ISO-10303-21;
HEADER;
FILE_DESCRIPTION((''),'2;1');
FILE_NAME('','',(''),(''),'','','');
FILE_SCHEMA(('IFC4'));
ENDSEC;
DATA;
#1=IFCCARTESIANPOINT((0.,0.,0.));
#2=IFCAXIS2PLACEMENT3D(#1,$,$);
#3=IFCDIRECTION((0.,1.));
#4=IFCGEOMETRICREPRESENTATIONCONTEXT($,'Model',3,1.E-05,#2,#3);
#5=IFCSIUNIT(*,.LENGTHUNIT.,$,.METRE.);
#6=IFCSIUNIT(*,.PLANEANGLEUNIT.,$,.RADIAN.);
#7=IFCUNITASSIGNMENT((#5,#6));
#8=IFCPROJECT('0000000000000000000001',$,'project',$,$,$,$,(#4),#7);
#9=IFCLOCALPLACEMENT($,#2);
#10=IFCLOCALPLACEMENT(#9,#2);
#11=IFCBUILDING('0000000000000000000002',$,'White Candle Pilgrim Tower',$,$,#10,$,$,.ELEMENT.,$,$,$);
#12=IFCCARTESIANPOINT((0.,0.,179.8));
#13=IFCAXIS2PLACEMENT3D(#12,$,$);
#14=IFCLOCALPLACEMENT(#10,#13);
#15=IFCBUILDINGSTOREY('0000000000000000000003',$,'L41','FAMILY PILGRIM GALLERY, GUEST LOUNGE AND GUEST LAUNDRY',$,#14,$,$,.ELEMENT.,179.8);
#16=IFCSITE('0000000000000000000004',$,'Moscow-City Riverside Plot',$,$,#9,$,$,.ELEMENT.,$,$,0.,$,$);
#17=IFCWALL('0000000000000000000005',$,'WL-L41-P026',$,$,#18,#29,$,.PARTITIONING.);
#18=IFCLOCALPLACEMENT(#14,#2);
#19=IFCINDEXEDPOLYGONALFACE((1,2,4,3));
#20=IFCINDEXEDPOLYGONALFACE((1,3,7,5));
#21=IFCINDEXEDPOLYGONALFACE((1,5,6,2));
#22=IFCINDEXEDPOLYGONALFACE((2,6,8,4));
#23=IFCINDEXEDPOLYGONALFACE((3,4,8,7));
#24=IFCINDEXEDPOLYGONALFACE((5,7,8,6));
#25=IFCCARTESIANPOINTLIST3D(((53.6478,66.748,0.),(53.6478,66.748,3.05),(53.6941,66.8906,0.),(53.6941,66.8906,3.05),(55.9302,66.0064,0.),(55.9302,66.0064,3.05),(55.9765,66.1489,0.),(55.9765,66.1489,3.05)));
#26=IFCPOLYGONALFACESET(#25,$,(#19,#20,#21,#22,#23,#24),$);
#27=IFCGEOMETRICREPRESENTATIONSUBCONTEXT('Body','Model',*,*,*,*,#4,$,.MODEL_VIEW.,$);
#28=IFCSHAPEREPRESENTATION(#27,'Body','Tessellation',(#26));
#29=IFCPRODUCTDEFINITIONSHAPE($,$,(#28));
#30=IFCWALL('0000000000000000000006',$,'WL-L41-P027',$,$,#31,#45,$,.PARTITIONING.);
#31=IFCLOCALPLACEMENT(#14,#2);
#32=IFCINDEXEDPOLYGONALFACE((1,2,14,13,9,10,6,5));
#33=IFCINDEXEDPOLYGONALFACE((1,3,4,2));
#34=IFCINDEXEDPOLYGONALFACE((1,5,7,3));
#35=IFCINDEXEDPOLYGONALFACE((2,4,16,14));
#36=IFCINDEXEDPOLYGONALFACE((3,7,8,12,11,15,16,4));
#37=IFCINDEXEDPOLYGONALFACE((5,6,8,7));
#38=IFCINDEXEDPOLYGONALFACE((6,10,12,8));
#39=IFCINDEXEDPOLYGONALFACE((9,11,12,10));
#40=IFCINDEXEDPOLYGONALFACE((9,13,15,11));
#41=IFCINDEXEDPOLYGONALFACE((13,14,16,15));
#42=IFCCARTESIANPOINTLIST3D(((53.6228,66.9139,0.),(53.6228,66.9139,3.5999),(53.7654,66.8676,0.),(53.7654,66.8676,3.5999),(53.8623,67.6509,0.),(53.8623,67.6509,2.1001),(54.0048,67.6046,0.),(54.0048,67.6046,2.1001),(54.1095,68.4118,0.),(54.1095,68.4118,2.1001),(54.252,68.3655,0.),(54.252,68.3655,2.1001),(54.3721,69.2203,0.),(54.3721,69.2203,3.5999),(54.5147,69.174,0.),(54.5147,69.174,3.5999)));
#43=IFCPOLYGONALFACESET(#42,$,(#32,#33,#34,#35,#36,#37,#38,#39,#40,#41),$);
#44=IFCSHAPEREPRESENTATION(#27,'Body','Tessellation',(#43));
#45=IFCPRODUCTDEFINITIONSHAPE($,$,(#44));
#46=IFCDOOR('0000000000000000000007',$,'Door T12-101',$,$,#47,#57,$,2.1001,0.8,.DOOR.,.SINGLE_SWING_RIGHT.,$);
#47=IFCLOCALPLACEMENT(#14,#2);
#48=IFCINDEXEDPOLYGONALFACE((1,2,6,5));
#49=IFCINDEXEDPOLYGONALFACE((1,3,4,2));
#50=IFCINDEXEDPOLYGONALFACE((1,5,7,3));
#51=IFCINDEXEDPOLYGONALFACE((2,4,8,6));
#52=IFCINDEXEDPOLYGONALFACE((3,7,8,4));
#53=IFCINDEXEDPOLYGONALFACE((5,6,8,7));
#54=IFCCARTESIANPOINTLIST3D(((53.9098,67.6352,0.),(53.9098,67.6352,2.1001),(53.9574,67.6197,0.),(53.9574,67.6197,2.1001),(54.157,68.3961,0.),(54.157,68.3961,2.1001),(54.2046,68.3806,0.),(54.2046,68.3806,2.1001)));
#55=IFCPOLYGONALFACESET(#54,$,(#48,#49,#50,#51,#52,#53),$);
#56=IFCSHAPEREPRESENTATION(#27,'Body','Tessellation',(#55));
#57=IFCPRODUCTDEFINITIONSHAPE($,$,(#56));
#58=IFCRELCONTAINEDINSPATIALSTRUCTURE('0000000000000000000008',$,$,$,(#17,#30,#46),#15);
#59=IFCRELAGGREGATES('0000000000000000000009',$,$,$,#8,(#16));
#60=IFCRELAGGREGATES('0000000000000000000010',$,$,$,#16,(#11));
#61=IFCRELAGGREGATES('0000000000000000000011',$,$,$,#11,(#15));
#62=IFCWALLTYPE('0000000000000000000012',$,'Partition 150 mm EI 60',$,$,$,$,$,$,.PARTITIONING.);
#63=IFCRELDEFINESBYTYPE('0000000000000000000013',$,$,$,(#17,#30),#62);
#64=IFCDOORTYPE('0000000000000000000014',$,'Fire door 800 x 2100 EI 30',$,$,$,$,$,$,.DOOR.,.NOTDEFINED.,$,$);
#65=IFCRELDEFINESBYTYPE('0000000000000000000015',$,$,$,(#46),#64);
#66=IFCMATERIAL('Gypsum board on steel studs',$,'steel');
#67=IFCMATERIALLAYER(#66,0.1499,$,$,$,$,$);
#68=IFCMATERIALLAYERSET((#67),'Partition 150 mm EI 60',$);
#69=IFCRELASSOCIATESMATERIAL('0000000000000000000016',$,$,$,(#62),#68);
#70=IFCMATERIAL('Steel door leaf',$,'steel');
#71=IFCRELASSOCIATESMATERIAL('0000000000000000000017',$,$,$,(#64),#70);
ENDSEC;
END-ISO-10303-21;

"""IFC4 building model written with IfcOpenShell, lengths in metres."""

from ifc_helpers import new_model, si_unit, direction, frame, frame_2d, origin, place, context, subcontext, project, spatial, rectangle, extrude, material, layer, layer_set, type_object, element, fill, save


model = new_model("IFC4")

# Units and contexts
model_context = context("Model", 3, precision=1e-05, world=origin(), true_north=direction((0.0, 1.0)))
body_context = subcontext(model_context, "Body", "Model", "MODEL_VIEW")
ifc_project = project(units=[si_unit("LENGTHUNIT", "METRE"), si_unit("PLANEANGLEUNIT", "RADIAN")], contexts=[model_context])

# Site, building, storey
site_placement = place(None, origin())
site = spatial("IfcSite", under=ifc_project, at=site_placement, Name="Moscow-City Riverside Plot", CompositionType="ELEMENT", RefElevation=0.0)
building_placement = place(site_placement, origin())
building = spatial("IfcBuilding", under=site, at=building_placement, Name="White Candle Pilgrim Tower", CompositionType="ELEMENT")
storey_placement = place(building_placement, frame((0.0, 0.0, 179.8)))
storey = spatial("IfcBuildingStorey", under=building, at=storey_placement, Name="L41", Description="FAMILY PILGRIM GALLERY, GUEST LOUNGE AND GUEST LAUNDRY", CompositionType="ELEMENT", Elevation=179.8)

# Shared definitions
ifc_material_1 = material(Name="Gypsum board on steel studs", Category="steel")
ifc_material_2 = material(Name="Steel door leaf", Category="steel")

# Wall
ifc_layer_1 = layer(ifc_material_1, 0.1499)
ifc_layer_set_1 = layer_set([ifc_layer_1], Name="Partition 150 mm EI 60")
wall_type_1 = type_object("IfcWallType", Name="Partition 150 mm EI 60", PredefinedType="PARTITIONING", material=ifc_layer_set_1)
wall_1_placement = place(storey_placement, frame((55.9534, 66.0776, 0.0), z_axis=(0.0, 0.0, 1.0), x_axis=(-0.951047, 0.309047, 0.0)))
element("IfcWall", 1, at=wall_1_placement, inside=storey, type_object=wall_type_1, Name="WL-L41-P026", PredefinedType="PARTITIONING", context=body_context, shape_type="SweptSolid", body=[
    extrude(rectangle(XDim=2.3999, YDim=0.1499, at=frame_2d((1.2, 0.0))), origin(), (0.0, 0.0, 1.0), 3.05),
])

# Wall, opening, door
wall_2_placement = place(storey_placement, frame((54.4434, 69.197, 0.0), z_axis=(0.0, 0.0, 1.0), x_axis=(-0.30897, -0.951072, 0.0)))
wall_2 = element("IfcWall", 2, at=wall_2_placement, inside=storey, type_object=wall_type_1, Name="WL-L41-P027", PredefinedType="PARTITIONING", context=body_context, shape_type="SweptSolid", body=[
    extrude(rectangle(XDim=2.425, YDim=0.1499, at=frame_2d((1.2124, 0.0))), origin(), (0.0, 0.0, 1.0), 3.5999),
])
opening_1_placement = place(wall_2_placement, frame((0.8501, 0.0, 0.0)))
opening_1 = element("IfcOpeningElement", 3, at=opening_1_placement, cuts=wall_2, PredefinedType="OPENING", context=body_context, shape_type="SweptSolid", body=[
    extrude(rectangle(XDim=0.8, YDim=2.1001, at=frame_2d((0.3999, 1.05))), frame((0.0, 0.085, 0.0), z_axis=(0.0, -1.0, 0.0), x_axis=(1.0, 0.0, 0.0)), (0.0, 0.0, 1.0), 0.1699),
])
door_type_1 = type_object("IfcDoorType", Name="Fire door 800 x 2100 EI 30", OperationType="NOTDEFINED", PredefinedType="DOOR", material=ifc_material_2)
door_1_placement = place(opening_1_placement, frame((0.8, 0.0, 0.0), z_axis=(0.0, 0.0, 1.0), x_axis=(-1.0, 0.0, 0.0)))
door_1 = element("IfcDoor", 4, at=door_1_placement, inside=storey, type_object=door_type_1, Name="Door T12-101", OperationType="SINGLE_SWING_RIGHT", OverallHeight=2.1001, OverallWidth=0.8, PredefinedType="DOOR", context=body_context, shape_type="SweptSolid", body=[
    extrude(rectangle(XDim=0.8, YDim=2.1001, at=frame_2d((0.3999, 1.05))), frame((0.0, 0.0249, 0.0), z_axis=(0.0, -1.0, 0.0), x_axis=(1.0, 0.0, 0.0)), (0.0, 0.0, 1.0), 0.05),
])
fill(opening_1, door_1)

save(model, "model.ifc")
